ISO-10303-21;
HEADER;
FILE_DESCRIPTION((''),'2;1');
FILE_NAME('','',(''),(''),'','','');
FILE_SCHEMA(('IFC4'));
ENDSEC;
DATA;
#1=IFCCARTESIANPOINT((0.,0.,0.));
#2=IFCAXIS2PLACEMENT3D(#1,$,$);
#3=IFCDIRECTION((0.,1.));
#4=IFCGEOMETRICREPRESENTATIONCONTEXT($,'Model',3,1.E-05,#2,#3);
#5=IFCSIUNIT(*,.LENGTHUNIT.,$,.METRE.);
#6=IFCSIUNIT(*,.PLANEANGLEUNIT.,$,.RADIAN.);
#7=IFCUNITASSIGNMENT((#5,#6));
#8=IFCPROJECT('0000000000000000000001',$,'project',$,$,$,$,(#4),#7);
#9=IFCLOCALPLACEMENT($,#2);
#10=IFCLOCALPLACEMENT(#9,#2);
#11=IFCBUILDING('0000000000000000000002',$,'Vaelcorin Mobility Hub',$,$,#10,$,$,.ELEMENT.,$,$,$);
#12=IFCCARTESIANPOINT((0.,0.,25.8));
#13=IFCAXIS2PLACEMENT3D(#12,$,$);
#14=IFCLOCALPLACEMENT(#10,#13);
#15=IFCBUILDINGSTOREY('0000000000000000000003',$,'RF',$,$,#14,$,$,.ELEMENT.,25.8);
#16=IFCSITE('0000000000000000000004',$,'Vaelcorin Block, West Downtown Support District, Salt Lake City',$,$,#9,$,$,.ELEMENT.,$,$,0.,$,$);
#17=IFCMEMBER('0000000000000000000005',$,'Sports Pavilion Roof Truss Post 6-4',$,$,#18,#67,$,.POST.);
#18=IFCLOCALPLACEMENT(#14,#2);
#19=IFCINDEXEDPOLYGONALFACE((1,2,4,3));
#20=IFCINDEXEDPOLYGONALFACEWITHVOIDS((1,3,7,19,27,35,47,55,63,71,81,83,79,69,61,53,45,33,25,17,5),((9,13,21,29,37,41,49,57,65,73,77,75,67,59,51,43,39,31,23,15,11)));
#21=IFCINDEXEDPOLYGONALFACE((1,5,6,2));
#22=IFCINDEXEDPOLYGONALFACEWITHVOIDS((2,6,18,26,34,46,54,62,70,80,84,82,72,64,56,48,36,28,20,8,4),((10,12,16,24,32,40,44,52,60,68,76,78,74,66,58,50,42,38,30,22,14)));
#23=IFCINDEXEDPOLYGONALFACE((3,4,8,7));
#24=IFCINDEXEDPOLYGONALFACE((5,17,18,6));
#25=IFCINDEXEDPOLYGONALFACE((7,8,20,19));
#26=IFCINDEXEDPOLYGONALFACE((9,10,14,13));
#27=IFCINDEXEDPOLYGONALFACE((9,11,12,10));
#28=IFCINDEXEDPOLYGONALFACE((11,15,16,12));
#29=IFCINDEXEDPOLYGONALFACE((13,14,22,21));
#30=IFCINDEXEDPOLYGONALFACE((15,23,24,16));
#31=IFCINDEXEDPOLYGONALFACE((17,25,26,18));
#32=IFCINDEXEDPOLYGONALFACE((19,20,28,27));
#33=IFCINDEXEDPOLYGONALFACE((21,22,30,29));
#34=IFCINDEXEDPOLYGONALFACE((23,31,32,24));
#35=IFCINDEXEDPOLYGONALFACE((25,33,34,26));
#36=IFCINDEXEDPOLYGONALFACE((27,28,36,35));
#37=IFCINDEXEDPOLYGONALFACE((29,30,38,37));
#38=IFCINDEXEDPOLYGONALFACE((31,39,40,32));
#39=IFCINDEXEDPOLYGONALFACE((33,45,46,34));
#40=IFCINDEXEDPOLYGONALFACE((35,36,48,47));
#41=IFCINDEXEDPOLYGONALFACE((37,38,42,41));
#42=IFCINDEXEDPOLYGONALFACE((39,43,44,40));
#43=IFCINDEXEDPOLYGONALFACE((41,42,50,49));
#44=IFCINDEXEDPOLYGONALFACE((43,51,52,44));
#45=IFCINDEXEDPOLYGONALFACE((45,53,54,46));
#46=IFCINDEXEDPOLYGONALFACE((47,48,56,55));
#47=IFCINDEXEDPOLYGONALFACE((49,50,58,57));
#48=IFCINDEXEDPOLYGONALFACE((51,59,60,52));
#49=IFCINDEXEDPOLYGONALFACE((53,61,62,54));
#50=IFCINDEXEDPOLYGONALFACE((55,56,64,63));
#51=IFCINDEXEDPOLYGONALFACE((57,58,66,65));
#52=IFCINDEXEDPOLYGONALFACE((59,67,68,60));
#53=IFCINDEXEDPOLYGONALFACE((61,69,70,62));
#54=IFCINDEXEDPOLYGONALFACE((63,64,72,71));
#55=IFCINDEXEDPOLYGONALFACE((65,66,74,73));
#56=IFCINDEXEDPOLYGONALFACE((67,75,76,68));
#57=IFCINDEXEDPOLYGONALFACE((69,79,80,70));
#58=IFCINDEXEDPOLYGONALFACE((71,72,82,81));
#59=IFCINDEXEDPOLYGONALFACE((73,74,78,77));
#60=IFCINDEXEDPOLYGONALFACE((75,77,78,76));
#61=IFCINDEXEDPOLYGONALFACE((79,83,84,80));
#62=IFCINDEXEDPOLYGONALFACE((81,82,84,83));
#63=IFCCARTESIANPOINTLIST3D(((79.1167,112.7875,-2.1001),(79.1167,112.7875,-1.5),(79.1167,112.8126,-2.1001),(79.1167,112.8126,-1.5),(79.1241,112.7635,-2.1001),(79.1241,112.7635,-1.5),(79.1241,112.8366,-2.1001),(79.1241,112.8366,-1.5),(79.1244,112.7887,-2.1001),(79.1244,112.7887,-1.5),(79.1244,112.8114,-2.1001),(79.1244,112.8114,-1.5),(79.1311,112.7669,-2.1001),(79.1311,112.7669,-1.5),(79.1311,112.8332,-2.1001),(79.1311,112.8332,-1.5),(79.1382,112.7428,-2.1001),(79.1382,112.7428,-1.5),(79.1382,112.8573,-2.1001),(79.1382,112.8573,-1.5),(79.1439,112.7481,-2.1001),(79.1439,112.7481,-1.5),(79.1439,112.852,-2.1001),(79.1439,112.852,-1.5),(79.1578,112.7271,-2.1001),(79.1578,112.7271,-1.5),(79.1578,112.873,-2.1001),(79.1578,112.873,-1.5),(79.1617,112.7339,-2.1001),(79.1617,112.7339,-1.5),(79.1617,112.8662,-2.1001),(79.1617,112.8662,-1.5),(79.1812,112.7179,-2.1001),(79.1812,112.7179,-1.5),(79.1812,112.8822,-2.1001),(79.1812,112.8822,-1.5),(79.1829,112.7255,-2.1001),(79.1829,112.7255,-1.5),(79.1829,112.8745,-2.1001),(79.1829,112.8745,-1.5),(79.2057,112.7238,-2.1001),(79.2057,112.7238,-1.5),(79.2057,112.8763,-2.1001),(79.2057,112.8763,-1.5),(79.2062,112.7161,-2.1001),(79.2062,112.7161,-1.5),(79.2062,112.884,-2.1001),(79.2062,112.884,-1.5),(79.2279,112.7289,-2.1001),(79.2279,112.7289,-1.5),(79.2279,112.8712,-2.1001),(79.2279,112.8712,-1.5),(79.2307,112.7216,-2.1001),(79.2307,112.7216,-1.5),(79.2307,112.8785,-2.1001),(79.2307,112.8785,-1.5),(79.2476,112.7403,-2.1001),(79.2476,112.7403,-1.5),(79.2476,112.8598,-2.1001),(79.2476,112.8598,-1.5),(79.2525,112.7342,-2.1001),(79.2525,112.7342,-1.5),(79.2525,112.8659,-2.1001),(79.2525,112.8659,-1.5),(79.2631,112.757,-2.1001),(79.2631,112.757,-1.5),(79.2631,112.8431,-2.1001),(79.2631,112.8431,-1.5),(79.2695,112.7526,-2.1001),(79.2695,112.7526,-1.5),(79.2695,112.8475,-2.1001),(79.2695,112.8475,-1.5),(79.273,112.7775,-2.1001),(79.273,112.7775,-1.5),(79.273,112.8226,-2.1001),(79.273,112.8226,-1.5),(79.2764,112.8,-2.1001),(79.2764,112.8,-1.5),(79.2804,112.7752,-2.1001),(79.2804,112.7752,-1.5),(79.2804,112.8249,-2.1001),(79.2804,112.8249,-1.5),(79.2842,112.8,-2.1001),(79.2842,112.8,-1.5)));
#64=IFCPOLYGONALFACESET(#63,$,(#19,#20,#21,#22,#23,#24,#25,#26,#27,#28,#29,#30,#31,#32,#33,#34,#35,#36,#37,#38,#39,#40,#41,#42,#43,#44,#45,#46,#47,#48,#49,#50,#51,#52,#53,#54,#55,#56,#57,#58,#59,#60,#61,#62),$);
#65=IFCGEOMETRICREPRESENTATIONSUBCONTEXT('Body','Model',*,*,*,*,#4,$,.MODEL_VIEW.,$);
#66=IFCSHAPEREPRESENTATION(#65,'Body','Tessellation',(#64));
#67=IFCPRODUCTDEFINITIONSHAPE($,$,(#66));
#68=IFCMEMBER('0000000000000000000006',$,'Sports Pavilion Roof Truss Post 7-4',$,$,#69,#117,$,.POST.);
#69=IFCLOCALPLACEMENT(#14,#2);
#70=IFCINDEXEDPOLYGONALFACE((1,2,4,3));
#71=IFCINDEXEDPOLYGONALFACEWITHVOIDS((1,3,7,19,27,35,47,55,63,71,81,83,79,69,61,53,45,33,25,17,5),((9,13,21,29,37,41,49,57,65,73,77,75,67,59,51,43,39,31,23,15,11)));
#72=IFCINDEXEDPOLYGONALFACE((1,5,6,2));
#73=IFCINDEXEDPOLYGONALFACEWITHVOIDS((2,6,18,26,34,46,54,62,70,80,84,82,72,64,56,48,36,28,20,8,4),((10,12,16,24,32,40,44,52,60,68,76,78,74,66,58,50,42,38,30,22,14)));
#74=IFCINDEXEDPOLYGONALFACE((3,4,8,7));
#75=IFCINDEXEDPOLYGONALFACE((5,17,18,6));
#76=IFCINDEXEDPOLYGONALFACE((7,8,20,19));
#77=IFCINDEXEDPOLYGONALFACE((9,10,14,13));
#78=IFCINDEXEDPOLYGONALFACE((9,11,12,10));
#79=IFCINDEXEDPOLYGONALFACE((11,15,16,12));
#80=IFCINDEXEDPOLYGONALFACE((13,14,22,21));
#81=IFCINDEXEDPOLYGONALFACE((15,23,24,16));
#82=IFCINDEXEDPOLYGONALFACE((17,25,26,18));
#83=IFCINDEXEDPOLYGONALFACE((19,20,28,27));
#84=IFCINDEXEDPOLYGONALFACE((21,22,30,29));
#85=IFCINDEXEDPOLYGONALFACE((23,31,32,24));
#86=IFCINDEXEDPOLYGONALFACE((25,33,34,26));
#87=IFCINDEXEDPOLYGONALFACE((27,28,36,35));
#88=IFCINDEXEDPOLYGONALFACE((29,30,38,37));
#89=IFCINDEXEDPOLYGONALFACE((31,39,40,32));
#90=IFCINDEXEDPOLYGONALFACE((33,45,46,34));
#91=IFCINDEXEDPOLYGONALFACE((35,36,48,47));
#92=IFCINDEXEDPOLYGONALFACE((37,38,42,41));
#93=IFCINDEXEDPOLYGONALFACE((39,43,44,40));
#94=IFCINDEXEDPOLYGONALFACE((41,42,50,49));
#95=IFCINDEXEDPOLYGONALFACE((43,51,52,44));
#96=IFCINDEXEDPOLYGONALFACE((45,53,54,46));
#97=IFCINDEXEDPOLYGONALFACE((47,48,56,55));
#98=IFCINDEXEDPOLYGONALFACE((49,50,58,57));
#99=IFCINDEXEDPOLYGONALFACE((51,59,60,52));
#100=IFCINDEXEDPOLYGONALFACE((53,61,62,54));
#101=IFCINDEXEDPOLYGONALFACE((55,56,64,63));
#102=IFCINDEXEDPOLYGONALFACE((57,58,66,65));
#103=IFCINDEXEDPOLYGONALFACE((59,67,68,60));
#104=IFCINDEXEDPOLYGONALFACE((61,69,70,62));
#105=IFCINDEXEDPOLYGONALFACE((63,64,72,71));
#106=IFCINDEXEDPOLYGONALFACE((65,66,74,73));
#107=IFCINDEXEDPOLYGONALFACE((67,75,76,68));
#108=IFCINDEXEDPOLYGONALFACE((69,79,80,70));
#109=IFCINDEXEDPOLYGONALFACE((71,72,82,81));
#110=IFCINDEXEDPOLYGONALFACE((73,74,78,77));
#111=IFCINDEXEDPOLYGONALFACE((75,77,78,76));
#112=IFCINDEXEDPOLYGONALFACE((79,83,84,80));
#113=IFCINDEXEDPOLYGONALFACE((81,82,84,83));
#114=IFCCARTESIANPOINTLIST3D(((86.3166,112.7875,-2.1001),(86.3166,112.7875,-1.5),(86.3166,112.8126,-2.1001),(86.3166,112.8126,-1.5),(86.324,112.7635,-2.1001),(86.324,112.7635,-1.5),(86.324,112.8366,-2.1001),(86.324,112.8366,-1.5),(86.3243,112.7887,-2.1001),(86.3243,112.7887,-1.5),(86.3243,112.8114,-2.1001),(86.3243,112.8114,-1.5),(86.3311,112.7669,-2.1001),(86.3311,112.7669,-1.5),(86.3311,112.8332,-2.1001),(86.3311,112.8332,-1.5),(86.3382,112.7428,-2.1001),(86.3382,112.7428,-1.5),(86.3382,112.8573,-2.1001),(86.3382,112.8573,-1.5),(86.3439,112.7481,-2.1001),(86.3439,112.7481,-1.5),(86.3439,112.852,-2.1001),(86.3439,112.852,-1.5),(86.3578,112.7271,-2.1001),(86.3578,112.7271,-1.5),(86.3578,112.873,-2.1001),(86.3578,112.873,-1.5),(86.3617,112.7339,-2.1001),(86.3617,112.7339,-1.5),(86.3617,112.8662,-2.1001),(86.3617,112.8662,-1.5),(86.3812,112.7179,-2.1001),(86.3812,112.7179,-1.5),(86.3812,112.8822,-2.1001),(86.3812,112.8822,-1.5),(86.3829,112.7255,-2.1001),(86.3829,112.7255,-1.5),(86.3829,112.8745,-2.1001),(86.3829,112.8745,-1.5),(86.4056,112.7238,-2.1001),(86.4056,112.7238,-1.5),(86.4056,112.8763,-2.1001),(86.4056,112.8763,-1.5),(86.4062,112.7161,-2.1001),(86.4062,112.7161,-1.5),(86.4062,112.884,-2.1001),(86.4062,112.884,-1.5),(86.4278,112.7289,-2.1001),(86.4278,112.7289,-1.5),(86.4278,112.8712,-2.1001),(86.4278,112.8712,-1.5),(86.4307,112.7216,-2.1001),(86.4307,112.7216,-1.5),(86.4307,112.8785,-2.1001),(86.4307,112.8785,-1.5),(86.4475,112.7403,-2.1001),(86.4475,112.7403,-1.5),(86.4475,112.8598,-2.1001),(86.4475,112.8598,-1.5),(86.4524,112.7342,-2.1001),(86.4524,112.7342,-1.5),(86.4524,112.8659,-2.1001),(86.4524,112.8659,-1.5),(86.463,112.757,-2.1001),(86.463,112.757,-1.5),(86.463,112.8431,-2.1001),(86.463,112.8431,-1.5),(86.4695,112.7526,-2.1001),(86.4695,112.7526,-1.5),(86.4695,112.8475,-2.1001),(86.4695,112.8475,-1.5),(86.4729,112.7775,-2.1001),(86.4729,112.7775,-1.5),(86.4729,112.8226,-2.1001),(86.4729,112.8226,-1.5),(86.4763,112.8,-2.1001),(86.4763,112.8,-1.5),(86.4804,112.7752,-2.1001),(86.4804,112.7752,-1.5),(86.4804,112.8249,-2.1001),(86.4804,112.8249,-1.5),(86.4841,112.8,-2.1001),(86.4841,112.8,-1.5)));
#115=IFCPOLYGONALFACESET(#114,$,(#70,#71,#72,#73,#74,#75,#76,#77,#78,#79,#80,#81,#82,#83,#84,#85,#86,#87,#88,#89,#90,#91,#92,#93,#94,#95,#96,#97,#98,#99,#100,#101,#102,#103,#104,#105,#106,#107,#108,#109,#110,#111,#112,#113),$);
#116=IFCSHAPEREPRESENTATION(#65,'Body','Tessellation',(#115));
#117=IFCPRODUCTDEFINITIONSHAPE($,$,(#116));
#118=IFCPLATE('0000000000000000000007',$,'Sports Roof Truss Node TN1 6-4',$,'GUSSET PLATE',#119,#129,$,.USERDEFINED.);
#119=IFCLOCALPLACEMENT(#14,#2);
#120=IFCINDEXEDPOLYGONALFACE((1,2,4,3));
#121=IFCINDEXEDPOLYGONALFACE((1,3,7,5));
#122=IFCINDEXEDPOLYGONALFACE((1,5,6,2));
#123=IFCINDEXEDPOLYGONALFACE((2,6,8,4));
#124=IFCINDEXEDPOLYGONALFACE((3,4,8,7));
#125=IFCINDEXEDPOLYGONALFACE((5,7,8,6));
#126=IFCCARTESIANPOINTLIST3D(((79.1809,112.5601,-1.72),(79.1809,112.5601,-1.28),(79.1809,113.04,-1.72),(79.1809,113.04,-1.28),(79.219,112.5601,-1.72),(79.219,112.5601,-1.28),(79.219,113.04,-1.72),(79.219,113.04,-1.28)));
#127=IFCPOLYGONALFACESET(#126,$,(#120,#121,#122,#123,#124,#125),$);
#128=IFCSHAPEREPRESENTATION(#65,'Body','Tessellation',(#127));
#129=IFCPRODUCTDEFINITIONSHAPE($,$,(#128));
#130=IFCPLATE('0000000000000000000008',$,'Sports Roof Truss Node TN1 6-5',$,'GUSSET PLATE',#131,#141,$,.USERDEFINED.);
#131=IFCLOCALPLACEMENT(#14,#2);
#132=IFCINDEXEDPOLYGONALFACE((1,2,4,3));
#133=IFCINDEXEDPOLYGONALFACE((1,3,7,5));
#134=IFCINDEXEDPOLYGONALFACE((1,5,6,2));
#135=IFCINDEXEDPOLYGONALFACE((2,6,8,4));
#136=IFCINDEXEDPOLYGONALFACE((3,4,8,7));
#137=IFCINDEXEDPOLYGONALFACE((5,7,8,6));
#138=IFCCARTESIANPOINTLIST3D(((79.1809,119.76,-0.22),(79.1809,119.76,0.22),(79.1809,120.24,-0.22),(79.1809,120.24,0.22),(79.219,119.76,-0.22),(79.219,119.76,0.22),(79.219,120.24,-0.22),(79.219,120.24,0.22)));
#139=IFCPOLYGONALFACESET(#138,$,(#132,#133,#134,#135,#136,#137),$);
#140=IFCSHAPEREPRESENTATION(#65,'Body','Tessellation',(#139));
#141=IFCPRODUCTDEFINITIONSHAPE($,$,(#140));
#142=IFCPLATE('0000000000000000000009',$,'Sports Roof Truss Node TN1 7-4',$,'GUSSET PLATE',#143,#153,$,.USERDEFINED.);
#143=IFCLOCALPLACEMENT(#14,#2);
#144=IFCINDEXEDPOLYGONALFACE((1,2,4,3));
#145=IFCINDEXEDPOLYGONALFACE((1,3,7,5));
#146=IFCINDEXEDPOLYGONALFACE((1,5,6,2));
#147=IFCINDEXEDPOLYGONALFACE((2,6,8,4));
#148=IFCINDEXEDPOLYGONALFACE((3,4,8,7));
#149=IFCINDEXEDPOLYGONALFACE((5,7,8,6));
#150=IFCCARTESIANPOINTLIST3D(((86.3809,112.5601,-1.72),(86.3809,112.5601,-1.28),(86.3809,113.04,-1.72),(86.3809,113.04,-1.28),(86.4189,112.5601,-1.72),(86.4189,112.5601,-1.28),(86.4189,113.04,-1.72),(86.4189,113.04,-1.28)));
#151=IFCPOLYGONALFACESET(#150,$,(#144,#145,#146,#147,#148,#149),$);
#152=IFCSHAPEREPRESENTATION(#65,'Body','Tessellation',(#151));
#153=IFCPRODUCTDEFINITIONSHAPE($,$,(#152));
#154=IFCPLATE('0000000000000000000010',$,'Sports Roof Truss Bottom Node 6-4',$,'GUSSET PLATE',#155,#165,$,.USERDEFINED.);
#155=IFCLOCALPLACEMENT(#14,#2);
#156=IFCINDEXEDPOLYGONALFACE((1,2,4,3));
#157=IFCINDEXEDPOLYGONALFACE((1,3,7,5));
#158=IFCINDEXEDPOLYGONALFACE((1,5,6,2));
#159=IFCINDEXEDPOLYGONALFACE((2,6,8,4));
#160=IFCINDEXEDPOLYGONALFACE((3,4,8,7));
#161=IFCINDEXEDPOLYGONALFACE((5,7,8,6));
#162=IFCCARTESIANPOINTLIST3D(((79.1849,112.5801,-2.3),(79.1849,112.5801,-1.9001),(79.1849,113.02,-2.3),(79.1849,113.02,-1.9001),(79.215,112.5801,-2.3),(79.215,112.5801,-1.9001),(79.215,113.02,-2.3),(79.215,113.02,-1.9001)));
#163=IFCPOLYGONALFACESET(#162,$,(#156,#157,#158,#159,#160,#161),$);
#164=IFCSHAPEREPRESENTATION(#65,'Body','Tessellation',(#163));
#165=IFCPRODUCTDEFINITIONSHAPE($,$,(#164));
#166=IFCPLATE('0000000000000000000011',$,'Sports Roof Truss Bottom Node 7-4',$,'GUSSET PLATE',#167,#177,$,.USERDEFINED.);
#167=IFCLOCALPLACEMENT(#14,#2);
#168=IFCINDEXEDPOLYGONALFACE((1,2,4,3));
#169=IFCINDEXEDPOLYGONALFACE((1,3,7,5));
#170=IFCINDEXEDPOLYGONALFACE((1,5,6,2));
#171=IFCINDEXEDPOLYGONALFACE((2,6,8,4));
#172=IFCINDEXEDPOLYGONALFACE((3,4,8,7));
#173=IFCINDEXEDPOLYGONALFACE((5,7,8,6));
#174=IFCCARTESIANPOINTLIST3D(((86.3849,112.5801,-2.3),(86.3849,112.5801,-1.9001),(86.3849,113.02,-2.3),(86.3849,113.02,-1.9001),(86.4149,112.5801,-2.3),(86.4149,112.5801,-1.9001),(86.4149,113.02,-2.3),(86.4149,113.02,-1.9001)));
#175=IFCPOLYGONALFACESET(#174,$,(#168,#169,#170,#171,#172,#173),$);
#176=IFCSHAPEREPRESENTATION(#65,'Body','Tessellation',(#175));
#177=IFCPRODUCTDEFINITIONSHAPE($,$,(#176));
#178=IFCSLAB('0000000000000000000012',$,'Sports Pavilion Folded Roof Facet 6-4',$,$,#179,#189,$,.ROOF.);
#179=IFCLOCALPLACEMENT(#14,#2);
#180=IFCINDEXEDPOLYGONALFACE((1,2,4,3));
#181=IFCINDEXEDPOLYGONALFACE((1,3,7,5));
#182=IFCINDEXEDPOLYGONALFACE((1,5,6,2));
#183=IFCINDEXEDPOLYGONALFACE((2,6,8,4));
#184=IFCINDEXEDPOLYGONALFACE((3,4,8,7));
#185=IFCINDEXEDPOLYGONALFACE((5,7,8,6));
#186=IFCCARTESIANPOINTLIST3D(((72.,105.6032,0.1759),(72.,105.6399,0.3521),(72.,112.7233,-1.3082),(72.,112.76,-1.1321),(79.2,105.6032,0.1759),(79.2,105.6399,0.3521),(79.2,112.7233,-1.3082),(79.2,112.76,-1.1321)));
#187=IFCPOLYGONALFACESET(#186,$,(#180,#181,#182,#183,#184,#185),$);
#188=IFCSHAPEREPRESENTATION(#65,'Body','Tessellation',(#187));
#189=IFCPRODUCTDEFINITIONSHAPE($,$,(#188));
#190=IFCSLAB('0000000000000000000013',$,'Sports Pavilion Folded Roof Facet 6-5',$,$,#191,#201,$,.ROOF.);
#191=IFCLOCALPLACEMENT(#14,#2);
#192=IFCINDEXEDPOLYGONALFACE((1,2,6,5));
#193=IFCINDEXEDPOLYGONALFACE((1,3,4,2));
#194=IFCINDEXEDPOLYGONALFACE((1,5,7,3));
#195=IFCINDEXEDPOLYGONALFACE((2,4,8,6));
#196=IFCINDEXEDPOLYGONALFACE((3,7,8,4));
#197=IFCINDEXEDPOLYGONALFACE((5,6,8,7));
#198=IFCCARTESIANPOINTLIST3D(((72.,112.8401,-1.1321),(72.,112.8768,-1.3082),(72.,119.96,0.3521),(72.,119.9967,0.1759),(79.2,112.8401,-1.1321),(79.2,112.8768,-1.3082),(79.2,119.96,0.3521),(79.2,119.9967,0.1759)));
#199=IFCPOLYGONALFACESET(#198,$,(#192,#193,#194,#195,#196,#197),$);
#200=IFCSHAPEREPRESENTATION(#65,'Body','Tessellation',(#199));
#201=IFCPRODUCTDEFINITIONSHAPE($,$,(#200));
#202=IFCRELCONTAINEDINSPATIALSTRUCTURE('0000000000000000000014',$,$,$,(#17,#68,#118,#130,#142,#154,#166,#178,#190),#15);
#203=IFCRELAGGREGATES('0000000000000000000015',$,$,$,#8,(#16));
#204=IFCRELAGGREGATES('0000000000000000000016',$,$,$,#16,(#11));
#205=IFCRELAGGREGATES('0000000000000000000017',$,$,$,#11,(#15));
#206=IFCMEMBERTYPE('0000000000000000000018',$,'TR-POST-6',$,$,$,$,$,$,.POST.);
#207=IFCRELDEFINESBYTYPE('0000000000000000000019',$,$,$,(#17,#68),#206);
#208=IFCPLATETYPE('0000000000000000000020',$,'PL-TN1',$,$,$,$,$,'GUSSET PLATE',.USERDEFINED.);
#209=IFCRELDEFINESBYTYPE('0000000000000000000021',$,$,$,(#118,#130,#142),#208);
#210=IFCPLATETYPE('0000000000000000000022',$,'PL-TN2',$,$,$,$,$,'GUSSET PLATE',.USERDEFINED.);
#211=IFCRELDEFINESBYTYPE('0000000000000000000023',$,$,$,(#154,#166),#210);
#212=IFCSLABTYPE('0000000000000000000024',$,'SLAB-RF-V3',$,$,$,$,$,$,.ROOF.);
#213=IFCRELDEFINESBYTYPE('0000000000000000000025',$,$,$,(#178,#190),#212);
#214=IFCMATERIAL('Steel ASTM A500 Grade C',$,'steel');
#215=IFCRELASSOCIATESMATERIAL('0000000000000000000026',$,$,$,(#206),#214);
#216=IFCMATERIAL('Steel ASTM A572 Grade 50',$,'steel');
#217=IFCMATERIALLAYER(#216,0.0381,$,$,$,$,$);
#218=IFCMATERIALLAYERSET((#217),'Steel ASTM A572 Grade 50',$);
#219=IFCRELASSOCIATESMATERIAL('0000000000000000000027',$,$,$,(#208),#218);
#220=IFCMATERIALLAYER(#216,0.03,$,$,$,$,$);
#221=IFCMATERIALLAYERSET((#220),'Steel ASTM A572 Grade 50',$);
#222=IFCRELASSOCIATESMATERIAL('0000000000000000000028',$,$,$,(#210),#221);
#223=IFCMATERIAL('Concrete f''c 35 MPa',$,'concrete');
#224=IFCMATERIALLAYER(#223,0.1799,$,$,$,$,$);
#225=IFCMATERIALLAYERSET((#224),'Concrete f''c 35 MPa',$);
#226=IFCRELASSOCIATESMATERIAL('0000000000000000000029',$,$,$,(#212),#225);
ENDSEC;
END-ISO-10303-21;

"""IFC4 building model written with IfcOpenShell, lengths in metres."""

from ifc_helpers import new_model, si_unit, direction, frame, origin, origin_2d, place, context, subcontext, project, spatial, polyline, rectangle, hollow_circle, outline, extrude, material, layer, layer_set, material_profile, profile_set, type_object, element, save


model = new_model("IFC4")

# Units and contexts
model_context = context("Model", 3, precision=1e-05, world=origin(), true_north=direction((0.0, 1.0)))
body_context = subcontext(model_context, "Body", "Model", "MODEL_VIEW")
ifc_project = project(units=[si_unit("LENGTHUNIT", "METRE"), si_unit("PLANEANGLEUNIT", "RADIAN")], contexts=[model_context])

# Site, building, storey
site_placement = place(None, origin())
site = spatial("IfcSite", under=ifc_project, at=site_placement, Name="Vaelcorin Block, West Downtown Support District, Salt Lake City", CompositionType="ELEMENT", RefElevation=0.0)
building_placement = place(site_placement, origin())
building = spatial("IfcBuilding", under=site, at=building_placement, Name="Vaelcorin Mobility Hub", CompositionType="ELEMENT")
storey_placement = place(building_placement, frame((0.0, 0.0, 25.8)))
storey = spatial("IfcBuildingStorey", under=building, at=storey_placement, Name="RF", CompositionType="ELEMENT", Elevation=25.8)

# Shared definitions
ifc_material_1 = material(Name="Steel ASTM A500 Grade C", Category="steel")

# Members
ifc_material_profile_1 = material_profile(ifc_material_1, hollow_circle(Radius=0.0842, WallThickness=0.0078, at=origin_2d()), Name="HSS6.625X0.312")
ifc_profile_set_1 = profile_set([ifc_material_profile_1], Name="Steel ASTM A500 Grade C")
member_type_1 = type_object("IfcMemberType", Name="TR-POST-6", PredefinedType="POST", material=ifc_profile_set_1)
for number, where, z_axis, x_axis, name in (
    (1, (79.2, 112.8, -2.1001), (0.0, 0.0, 1.0), (1.0, 0.0, 0.0), "Sports Pavilion Roof Truss Post 6-4"),
    (2, (86.3999, 112.8, -2.1001), (0.0, 0.0, 1.0), (1.0, 0.0, 0.0), "Sports Pavilion Roof Truss Post 7-4"),
):
    element("IfcMember", number, at=place(storey_placement, frame(where, z_axis=z_axis, x_axis=x_axis)), inside=storey, type_object=member_type_1, Name=name, PredefinedType="POST", context=body_context, shape_type="SweptSolid", body=[
        extrude(hollow_circle(Radius=0.0842, WallThickness=0.0078, at=origin_2d()), origin(), (0.0, 0.0, 1.0), 0.6001),
    ])

# Plates
ifc_material_2 = material(Name="Steel ASTM A572 Grade 50", Category="steel")
ifc_layer_1 = layer(ifc_material_2, 0.0381)
ifc_layer_set_1 = layer_set([ifc_layer_1], Name="Steel ASTM A572 Grade 50")
plate_type_1 = type_object("IfcPlateType", Name="PL-TN1", ElementType="GUSSET PLATE", PredefinedType="USERDEFINED", material=ifc_layer_set_1)
for number, where, z_axis, x_axis, name in (
    (3, (79.2, 112.8, -1.72), (0.0, 0.0, 1.0), (1.0, 0.0, 0.0), "Sports Roof Truss Node TN1 6-4"),
    (4, (79.2, 120.0, -0.22), (0.0, 0.0, 1.0), (1.0, 0.0, 0.0), "Sports Roof Truss Node TN1 6-5"),
    (5, (86.3999, 112.8, -1.72), (0.0, 0.0, 1.0), (1.0, 0.0, 0.0), "Sports Roof Truss Node TN1 7-4"),
):
    element("IfcPlate", number, at=place(storey_placement, frame(where, z_axis=z_axis, x_axis=x_axis)), inside=storey, type_object=plate_type_1, Name=name, ObjectType="GUSSET PLATE", PredefinedType="USERDEFINED", context=body_context, shape_type="SweptSolid", body=[
        extrude(rectangle(XDim=0.0381, YDim=0.48, at=origin_2d()), origin(), (0.0, 0.0, 1.0), 0.4399),
    ])
ifc_layer_2 = layer(ifc_material_2, 0.03)
ifc_layer_set_2 = layer_set([ifc_layer_2], Name="Steel ASTM A572 Grade 50")
plate_type_2 = type_object("IfcPlateType", Name="PL-TN2", ElementType="GUSSET PLATE", PredefinedType="USERDEFINED", material=ifc_layer_set_2)
for number, where, z_axis, x_axis, name in (
    (6, (79.2, 112.8, -2.3), (0.0, 0.0, 1.0), (1.0, 0.0, 0.0), "Sports Roof Truss Bottom Node 6-4"),
    (7, (86.3999, 112.8, -2.3), (0.0, 0.0, 1.0), (1.0, 0.0, 0.0), "Sports Roof Truss Bottom Node 7-4"),
):
    element("IfcPlate", number, at=place(storey_placement, frame(where, z_axis=z_axis, x_axis=x_axis)), inside=storey, type_object=plate_type_2, Name=name, ObjectType="GUSSET PLATE", PredefinedType="USERDEFINED", context=body_context, shape_type="SweptSolid", body=[
        extrude(rectangle(XDim=0.03, YDim=0.4399, at=origin_2d()), origin(), (0.0, 0.0, 1.0), 0.3999),
    ])

# Slabs
ifc_material_3 = material(Name="Concrete f'c 35 MPa", Category="concrete")
ifc_layer_3 = layer(ifc_material_3, 0.1799)
ifc_layer_set_3 = layer_set([ifc_layer_3], Name="Concrete f'c 35 MPa")
slab_type = type_object("IfcSlabType", Name="SLAB-RF-V3", PredefinedType="ROOF", material=ifc_layer_set_3)
slab_1_placement = place(storey_placement, frame((72.0, 105.6399, 0.3521), z_axis=(0.0, 0.204056, 0.978959), x_axis=(1.0, 0.0, 0.0)))
element("IfcSlab", 8, at=slab_1_placement, inside=storey, type_object=slab_type, Name="Sports Pavilion Folded Roof Facet 6-4", PredefinedType="ROOF", context=body_context, shape_type="SweptSolid", body=[
    extrude(outline(polyline([(0.0, 0.0), (7.2, 0.0), (7.2, 7.2732), (0.0, 7.2732), (0.0, 0.0)])), origin(), (0.0, 0.0, -1.0), 0.1799),
])
slab_2_placement = place(storey_placement, frame((72.0, 112.8401, -1.1321), z_axis=(0.0, -0.204063, 0.978958), x_axis=(1.0, 0.0, 0.0)))
element("IfcSlab", 9, at=slab_2_placement, inside=storey, type_object=slab_type, Name="Sports Pavilion Folded Roof Facet 6-5", PredefinedType="ROOF", context=body_context, shape_type="SweptSolid", body=[
    extrude(outline(polyline([(0.0, 0.0), (7.2, 0.0), (7.2, 7.2729), (0.0, 7.2729), (0.0, 0.0)])), origin(), (0.0, 0.0, -1.0), 0.1799),
])

save(model, "model.ifc")
